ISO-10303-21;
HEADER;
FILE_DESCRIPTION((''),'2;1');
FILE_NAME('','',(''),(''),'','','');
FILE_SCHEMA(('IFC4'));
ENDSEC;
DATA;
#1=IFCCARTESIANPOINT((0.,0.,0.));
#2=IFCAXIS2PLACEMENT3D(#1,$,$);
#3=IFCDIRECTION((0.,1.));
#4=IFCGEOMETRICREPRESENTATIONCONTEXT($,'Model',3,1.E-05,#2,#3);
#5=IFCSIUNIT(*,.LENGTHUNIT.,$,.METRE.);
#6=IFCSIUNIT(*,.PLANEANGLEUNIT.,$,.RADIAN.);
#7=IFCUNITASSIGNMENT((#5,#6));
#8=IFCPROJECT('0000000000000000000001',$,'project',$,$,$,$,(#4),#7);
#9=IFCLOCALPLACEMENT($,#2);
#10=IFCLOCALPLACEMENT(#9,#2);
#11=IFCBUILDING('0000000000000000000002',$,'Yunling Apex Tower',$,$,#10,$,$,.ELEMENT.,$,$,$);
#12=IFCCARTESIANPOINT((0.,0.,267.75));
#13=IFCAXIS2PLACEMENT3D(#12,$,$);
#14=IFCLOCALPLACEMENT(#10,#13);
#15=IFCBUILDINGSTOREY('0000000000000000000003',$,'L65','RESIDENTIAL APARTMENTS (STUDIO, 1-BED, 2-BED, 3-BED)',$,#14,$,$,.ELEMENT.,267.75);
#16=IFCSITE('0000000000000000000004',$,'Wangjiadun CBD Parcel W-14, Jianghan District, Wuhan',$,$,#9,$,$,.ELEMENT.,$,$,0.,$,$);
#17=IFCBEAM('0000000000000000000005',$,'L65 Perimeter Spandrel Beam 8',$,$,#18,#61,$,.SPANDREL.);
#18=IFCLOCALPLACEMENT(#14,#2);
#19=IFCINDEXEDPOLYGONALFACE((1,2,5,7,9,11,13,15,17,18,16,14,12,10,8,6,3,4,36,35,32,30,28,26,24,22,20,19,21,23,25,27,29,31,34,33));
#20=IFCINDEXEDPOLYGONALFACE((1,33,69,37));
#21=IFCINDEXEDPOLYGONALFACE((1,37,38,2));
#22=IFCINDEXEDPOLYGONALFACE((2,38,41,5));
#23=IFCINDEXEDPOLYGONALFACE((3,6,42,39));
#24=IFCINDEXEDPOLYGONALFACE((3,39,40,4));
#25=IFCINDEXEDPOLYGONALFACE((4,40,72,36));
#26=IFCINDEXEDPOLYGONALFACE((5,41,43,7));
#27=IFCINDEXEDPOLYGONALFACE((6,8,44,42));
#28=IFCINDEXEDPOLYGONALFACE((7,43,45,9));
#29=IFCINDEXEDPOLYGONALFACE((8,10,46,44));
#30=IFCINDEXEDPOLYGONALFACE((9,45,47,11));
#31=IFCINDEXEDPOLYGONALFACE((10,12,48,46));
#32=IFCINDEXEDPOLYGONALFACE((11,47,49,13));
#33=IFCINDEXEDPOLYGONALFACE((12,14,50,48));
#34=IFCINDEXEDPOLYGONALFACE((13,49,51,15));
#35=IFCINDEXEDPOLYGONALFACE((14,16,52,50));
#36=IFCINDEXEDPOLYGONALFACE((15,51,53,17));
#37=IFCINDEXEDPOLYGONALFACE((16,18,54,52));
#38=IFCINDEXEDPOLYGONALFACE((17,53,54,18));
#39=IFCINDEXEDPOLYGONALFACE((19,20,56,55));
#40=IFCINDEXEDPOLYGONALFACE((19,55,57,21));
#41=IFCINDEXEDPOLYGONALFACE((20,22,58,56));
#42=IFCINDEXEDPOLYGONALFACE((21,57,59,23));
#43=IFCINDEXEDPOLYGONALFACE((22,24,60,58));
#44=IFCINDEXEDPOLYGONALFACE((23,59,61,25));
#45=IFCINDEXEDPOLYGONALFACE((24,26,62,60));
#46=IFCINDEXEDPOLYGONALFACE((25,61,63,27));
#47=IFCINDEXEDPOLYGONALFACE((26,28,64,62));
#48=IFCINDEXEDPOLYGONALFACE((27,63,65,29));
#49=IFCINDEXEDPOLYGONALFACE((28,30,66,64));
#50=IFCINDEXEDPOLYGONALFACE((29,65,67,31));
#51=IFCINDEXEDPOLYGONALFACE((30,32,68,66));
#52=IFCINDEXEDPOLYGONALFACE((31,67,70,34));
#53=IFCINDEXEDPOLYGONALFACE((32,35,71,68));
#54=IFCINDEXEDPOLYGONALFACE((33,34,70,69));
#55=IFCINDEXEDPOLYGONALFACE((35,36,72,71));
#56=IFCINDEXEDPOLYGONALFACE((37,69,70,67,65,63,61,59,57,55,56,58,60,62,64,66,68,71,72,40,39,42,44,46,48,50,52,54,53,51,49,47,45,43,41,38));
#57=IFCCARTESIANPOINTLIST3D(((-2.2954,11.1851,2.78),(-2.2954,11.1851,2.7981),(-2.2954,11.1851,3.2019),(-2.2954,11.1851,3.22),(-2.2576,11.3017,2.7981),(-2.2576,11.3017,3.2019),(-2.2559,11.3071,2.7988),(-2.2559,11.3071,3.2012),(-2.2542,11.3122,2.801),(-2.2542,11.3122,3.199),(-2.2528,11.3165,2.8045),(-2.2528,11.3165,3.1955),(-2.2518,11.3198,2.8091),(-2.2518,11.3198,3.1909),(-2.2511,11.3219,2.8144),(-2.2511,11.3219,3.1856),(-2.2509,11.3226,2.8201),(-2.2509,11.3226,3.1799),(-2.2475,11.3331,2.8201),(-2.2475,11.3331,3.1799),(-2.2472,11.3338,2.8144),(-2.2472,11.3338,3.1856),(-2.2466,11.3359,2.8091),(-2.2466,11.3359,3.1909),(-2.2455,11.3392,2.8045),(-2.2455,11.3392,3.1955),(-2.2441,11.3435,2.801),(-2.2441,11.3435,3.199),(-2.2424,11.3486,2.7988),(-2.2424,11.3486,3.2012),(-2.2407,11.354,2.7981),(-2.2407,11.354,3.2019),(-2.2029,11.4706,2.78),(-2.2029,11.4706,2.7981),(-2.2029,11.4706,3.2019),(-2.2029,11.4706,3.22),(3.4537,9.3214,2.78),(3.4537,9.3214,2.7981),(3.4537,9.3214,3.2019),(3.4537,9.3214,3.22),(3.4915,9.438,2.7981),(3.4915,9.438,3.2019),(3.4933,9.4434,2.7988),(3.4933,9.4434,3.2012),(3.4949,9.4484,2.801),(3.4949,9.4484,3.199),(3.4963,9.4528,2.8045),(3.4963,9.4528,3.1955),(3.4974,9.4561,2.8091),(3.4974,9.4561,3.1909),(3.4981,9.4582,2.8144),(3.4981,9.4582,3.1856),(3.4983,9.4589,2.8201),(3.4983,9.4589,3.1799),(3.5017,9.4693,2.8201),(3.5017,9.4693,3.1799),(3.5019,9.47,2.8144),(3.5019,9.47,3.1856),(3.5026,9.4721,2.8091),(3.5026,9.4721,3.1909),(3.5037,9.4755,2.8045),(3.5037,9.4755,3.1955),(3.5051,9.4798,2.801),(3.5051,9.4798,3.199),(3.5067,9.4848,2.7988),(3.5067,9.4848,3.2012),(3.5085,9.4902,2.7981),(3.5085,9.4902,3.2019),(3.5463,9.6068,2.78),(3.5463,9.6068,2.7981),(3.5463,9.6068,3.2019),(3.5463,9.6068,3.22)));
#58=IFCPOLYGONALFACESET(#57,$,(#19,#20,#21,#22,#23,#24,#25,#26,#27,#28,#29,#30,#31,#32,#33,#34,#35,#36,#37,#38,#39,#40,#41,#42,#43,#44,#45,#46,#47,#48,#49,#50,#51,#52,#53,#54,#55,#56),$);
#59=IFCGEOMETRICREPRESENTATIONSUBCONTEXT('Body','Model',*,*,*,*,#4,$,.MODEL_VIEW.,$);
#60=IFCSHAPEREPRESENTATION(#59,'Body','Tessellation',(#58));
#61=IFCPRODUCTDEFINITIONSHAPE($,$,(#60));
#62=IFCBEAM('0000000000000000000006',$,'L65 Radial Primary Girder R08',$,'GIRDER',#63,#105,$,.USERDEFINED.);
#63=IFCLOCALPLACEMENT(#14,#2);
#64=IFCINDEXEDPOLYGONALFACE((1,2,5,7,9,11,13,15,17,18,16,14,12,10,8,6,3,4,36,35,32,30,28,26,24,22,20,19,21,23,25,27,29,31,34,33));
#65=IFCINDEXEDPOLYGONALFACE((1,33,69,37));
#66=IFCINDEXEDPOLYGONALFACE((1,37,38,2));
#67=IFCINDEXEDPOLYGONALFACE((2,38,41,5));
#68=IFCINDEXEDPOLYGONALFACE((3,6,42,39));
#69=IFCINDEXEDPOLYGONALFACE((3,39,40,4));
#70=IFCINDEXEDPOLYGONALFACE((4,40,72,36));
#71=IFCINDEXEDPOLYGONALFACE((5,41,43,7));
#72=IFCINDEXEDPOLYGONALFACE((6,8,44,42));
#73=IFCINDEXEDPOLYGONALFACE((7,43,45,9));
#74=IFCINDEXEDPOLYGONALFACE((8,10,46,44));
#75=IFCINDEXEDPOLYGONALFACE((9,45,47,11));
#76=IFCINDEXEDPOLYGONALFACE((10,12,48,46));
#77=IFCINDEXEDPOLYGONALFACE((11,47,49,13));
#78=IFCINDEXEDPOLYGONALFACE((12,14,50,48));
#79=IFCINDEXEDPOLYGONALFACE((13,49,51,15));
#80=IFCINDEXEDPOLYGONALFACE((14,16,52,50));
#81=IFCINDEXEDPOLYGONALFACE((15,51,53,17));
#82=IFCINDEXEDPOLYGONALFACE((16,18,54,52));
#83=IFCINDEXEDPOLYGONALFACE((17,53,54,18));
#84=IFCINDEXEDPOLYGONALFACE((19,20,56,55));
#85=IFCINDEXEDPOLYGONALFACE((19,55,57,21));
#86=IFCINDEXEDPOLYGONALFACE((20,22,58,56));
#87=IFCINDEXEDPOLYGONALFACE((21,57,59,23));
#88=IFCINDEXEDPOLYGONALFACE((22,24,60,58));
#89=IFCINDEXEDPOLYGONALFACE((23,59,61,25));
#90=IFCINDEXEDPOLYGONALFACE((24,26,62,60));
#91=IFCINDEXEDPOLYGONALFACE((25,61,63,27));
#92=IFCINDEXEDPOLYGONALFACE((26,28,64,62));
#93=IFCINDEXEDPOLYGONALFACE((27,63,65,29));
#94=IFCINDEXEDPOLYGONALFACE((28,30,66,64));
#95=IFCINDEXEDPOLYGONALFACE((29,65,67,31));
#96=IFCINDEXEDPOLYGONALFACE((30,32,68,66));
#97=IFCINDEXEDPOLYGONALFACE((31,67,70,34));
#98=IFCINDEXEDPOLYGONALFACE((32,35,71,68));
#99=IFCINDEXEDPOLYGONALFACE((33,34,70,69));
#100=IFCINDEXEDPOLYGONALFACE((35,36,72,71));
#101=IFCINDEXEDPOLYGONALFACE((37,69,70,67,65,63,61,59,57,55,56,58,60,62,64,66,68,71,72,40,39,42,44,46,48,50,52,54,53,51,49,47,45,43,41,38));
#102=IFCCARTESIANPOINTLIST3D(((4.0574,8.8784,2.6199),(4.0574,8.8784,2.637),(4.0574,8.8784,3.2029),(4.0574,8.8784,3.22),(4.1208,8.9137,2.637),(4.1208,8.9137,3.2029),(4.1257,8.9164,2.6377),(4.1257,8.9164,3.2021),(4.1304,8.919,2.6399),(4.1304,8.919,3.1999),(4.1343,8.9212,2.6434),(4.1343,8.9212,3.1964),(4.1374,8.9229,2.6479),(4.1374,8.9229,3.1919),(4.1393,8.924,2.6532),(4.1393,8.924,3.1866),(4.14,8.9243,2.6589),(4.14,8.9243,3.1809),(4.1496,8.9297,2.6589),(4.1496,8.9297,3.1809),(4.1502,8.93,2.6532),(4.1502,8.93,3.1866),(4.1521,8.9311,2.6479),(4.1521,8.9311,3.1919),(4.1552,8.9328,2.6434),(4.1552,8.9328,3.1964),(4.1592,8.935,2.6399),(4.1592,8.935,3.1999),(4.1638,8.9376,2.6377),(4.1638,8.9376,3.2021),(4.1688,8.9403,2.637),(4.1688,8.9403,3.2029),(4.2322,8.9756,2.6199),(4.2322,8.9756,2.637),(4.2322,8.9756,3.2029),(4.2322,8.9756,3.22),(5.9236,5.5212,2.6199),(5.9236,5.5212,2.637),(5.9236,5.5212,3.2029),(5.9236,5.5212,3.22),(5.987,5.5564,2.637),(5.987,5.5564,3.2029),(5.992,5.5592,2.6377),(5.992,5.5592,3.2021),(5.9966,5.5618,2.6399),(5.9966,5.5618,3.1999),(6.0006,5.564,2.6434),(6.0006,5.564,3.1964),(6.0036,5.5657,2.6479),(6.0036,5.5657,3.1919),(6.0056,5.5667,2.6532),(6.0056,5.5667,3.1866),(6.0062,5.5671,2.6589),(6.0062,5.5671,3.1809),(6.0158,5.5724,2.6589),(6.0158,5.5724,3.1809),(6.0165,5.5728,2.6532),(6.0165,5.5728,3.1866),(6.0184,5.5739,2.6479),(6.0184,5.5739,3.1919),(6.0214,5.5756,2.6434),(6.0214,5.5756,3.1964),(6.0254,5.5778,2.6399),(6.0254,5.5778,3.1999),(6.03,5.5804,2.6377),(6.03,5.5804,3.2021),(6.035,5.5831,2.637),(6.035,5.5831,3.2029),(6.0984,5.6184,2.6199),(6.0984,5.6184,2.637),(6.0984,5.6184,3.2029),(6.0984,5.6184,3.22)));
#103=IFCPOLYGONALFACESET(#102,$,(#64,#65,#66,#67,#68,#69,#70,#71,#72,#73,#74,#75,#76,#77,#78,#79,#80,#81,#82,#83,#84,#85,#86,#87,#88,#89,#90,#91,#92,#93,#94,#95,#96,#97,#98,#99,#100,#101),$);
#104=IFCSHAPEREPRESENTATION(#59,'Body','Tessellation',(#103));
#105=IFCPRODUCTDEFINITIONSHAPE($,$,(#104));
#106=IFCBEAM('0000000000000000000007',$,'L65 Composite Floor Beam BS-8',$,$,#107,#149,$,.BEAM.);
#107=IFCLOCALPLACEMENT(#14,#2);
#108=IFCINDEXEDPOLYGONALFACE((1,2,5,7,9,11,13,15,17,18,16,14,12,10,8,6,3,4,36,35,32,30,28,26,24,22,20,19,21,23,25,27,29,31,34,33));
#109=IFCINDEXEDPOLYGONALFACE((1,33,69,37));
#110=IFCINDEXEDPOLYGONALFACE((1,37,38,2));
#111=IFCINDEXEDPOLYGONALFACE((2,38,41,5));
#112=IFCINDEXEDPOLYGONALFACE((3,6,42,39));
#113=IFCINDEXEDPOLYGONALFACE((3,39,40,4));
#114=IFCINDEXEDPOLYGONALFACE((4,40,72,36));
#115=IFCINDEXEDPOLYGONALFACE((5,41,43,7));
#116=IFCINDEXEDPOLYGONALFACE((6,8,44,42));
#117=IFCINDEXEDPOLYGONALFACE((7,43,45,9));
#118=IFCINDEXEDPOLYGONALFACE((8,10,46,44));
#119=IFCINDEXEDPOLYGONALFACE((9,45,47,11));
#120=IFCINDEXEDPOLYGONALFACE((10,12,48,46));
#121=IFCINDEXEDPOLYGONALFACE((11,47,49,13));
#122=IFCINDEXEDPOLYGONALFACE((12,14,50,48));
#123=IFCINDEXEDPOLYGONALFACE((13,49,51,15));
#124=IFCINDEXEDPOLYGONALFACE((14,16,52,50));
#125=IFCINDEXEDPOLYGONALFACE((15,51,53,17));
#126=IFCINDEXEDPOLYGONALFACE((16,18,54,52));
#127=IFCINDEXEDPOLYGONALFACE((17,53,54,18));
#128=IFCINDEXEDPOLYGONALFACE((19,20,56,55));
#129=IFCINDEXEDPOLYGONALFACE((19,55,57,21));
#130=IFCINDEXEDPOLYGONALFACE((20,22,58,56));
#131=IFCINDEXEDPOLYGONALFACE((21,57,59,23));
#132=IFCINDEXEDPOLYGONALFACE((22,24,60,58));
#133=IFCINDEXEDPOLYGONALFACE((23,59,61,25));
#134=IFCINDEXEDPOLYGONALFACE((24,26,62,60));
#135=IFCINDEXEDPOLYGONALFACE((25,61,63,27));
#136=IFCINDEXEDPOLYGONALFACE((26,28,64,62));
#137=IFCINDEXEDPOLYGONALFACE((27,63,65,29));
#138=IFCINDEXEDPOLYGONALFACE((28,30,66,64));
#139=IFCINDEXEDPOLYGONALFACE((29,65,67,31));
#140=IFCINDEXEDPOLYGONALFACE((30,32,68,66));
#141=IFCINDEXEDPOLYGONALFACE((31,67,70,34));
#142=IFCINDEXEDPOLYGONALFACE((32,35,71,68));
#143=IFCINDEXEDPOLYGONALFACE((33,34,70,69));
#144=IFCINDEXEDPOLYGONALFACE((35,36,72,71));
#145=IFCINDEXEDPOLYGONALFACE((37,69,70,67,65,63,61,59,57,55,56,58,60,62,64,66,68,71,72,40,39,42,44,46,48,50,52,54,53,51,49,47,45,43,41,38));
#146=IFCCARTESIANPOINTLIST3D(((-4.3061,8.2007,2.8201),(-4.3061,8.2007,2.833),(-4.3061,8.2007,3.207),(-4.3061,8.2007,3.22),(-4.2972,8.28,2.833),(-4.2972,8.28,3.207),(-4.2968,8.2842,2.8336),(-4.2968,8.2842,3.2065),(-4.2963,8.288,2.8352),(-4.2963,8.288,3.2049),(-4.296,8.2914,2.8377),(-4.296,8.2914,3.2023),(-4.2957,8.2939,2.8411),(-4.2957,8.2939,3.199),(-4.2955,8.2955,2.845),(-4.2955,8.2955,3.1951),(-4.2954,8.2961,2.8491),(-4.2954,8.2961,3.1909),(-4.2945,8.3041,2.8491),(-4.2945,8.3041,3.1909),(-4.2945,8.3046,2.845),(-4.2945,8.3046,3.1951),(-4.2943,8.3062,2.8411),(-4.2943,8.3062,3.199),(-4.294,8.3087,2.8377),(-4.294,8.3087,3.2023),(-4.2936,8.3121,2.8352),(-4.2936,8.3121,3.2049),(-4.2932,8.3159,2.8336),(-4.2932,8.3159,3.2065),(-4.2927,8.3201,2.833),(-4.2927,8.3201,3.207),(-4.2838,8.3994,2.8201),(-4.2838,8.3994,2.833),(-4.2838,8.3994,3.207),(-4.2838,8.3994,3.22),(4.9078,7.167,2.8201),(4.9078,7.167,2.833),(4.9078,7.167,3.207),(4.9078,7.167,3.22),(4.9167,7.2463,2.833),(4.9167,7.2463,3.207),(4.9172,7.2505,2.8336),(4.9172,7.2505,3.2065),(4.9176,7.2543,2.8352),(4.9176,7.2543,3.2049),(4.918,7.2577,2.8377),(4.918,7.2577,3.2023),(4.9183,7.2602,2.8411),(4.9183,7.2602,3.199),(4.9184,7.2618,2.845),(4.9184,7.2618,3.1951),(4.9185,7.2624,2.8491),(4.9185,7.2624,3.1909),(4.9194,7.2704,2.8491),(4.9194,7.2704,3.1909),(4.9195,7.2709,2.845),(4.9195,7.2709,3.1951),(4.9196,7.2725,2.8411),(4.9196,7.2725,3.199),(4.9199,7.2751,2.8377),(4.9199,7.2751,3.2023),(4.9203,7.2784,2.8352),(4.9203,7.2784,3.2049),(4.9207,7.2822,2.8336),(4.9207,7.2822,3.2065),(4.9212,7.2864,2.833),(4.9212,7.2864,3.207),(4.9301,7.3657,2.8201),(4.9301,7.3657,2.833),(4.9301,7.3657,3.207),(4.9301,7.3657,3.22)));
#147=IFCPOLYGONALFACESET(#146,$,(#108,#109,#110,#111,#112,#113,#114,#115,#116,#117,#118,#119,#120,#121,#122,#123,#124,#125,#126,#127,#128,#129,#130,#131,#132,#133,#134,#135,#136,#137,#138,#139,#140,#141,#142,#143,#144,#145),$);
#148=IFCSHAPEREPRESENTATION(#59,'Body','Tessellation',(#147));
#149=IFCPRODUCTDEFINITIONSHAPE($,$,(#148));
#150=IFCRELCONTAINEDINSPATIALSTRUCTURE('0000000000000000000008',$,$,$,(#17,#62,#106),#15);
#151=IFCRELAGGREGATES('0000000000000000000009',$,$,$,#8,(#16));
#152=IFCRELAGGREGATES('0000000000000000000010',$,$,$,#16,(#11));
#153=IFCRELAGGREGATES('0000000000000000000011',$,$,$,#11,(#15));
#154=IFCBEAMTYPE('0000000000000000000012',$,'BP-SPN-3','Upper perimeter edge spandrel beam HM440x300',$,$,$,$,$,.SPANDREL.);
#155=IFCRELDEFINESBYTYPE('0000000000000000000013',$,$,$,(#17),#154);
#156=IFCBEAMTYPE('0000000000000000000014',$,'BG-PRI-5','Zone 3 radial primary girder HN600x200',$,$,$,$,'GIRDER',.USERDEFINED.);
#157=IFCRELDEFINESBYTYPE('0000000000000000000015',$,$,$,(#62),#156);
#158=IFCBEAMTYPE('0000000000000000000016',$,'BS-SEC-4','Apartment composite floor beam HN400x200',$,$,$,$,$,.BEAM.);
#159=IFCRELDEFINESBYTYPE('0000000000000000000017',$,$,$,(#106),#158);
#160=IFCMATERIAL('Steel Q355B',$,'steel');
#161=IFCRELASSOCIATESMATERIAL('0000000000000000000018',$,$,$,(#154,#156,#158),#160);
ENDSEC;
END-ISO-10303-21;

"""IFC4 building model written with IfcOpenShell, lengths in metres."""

from ifc_helpers import new_model, si_unit, direction, frame, origin, origin_2d, place, context, subcontext, project, spatial, i_section, extrude, source, transform, mapped, material, material_profile, profile_set, type_object, element, save


model = new_model("IFC4")

# Units and contexts
model_context = context("Model", 3, precision=1e-05, world=origin(), true_north=direction((0.0, 1.0)))
body_context = subcontext(model_context, "Body", "Model", "MODEL_VIEW")
ifc_project = project(units=[si_unit("LENGTHUNIT", "METRE"), si_unit("PLANEANGLEUNIT", "RADIAN")], contexts=[model_context])

# Site, building, storey
site_placement = place(None, origin())
site = spatial("IfcSite", under=ifc_project, at=site_placement, Name="Wangjiadun CBD Parcel W-14, Jianghan District, Wuhan", CompositionType="ELEMENT", RefElevation=0.0)
building_placement = place(site_placement, origin())
building = spatial("IfcBuilding", under=site, at=building_placement, Name="Yunling Apex Tower", CompositionType="ELEMENT")
storey_placement = place(building_placement, frame((0.0, 0.0, 267.75)))
storey = spatial("IfcBuildingStorey", under=building, at=storey_placement, Name="L65", Description="RESIDENTIAL APARTMENTS (STUDIO, 1-BED, 2-BED, 3-BED)", CompositionType="ELEMENT", Elevation=267.75)

# Shared definitions
ifc_material_1 = material(Name="Steel Q355B", Category="steel")

# Beams
ifc_material_profile_1 = material_profile(ifc_material_1, i_section(OverallWidth=0.3, OverallDepth=0.4399, WebThickness=0.011, FlangeThickness=0.0181, FilletRadius=0.022, at=origin_2d()))
ifc_profile_set_1 = profile_set([ifc_material_profile_1], Name="Steel Q355B")
beam_type_1 = type_object("IfcBeamType", Name="BP-SPN-3", Description="Upper perimeter edge spandrel beam HM440x300", PredefinedType="SPANDREL", material=ifc_profile_set_1)
shared_shape_1 = source(origin(), body_context, "Body", "SweptSolid", [
    extrude(i_section(OverallWidth=0.3, OverallDepth=0.4399, WebThickness=0.011, FlangeThickness=0.0181, FilletRadius=0.022, at=origin_2d()), origin(), (0.0, 0.0, 1.0), 6.0437),
])
beam_1_placement = place(storey_placement, frame((3.5, 9.4641, 3.0), z_axis=(-0.951264, 0.308376, 0.0), x_axis=(-0.308376, -0.951264, 0.0)))
element("IfcBeam", 1, at=beam_1_placement, inside=storey, type_object=beam_type_1, Name="L65 Perimeter Spandrel Beam 8", PredefinedType="SPANDREL", context=body_context, shape_type="MappedRepresentation", body=[
    mapped(shared_shape_1, transform((0.0, 0.0, 0.0), scale=1.0)),
])
ifc_material_profile_2 = material_profile(ifc_material_1, i_section(OverallWidth=0.2, OverallDepth=0.6001, WebThickness=0.011, FlangeThickness=0.0171, FilletRadius=0.022, at=origin_2d()))
ifc_profile_set_2 = profile_set([ifc_material_profile_2], Name="Steel Q355B")
beam_type_2 = type_object("IfcBeamType", Name="BG-PRI-5", Description="Zone 3 radial primary girder HN600x200", ElementType="GIRDER", PredefinedType="USERDEFINED", material=ifc_profile_set_2)
shared_shape_2 = source(origin(), body_context, "Body", "SweptSolid", [
    extrude(i_section(OverallWidth=0.2, OverallDepth=0.6001, WebThickness=0.011, FlangeThickness=0.0171, FilletRadius=0.022, at=origin_2d()), origin(), (0.0, 0.0, 1.0), 3.8411),
])
beam_2_placement = place(storey_placement, frame((4.1448, 8.927, 2.9199), z_axis=(0.485864, -0.874034, 0.0), x_axis=(0.874034, 0.485864, 0.0)))
element("IfcBeam", 2, at=beam_2_placement, inside=storey, type_object=beam_type_2, Name="L65 Radial Primary Girder R08", ObjectType="GIRDER", PredefinedType="USERDEFINED", context=body_context, shape_type="MappedRepresentation", body=[
    mapped(shared_shape_2, transform((0.0, 0.0, 0.0), scale=1.0)),
])
ifc_material_profile_3 = material_profile(ifc_material_1, i_section(OverallWidth=0.2, OverallDepth=0.3999, WebThickness=0.0081, FlangeThickness=0.0129, FilletRadius=0.0161, at=origin_2d()))
ifc_profile_set_3 = profile_set([ifc_material_profile_3], Name="Steel Q355B")
beam_type_3 = type_object("IfcBeamType", Name="BS-SEC-4", Description="Apartment composite floor beam HN400x200", PredefinedType="BEAM", material=ifc_profile_set_3)
shared_shape_3 = source(origin(), body_context, "Body", "SweptSolid", [
    extrude(i_section(OverallWidth=0.2, OverallDepth=0.3999, WebThickness=0.0081, FlangeThickness=0.0129, FilletRadius=0.0161, at=origin_2d()), origin(), (0.0, 0.0, 1.0), 9.2717),
])
beam_3_placement = place(storey_placement, frame((4.9189, 7.2664, 3.02), z_axis=(-0.993766, 0.111489, 0.0), x_axis=(-0.111489, -0.993766, 0.0)))
element("IfcBeam", 3, at=beam_3_placement, inside=storey, type_object=beam_type_3, Name="L65 Composite Floor Beam BS-8", PredefinedType="BEAM", context=body_context, shape_type="MappedRepresentation", body=[
    mapped(shared_shape_3, transform((0.0, 0.0, 0.0), scale=1.0)),
])

save(model, "model.ifc")
